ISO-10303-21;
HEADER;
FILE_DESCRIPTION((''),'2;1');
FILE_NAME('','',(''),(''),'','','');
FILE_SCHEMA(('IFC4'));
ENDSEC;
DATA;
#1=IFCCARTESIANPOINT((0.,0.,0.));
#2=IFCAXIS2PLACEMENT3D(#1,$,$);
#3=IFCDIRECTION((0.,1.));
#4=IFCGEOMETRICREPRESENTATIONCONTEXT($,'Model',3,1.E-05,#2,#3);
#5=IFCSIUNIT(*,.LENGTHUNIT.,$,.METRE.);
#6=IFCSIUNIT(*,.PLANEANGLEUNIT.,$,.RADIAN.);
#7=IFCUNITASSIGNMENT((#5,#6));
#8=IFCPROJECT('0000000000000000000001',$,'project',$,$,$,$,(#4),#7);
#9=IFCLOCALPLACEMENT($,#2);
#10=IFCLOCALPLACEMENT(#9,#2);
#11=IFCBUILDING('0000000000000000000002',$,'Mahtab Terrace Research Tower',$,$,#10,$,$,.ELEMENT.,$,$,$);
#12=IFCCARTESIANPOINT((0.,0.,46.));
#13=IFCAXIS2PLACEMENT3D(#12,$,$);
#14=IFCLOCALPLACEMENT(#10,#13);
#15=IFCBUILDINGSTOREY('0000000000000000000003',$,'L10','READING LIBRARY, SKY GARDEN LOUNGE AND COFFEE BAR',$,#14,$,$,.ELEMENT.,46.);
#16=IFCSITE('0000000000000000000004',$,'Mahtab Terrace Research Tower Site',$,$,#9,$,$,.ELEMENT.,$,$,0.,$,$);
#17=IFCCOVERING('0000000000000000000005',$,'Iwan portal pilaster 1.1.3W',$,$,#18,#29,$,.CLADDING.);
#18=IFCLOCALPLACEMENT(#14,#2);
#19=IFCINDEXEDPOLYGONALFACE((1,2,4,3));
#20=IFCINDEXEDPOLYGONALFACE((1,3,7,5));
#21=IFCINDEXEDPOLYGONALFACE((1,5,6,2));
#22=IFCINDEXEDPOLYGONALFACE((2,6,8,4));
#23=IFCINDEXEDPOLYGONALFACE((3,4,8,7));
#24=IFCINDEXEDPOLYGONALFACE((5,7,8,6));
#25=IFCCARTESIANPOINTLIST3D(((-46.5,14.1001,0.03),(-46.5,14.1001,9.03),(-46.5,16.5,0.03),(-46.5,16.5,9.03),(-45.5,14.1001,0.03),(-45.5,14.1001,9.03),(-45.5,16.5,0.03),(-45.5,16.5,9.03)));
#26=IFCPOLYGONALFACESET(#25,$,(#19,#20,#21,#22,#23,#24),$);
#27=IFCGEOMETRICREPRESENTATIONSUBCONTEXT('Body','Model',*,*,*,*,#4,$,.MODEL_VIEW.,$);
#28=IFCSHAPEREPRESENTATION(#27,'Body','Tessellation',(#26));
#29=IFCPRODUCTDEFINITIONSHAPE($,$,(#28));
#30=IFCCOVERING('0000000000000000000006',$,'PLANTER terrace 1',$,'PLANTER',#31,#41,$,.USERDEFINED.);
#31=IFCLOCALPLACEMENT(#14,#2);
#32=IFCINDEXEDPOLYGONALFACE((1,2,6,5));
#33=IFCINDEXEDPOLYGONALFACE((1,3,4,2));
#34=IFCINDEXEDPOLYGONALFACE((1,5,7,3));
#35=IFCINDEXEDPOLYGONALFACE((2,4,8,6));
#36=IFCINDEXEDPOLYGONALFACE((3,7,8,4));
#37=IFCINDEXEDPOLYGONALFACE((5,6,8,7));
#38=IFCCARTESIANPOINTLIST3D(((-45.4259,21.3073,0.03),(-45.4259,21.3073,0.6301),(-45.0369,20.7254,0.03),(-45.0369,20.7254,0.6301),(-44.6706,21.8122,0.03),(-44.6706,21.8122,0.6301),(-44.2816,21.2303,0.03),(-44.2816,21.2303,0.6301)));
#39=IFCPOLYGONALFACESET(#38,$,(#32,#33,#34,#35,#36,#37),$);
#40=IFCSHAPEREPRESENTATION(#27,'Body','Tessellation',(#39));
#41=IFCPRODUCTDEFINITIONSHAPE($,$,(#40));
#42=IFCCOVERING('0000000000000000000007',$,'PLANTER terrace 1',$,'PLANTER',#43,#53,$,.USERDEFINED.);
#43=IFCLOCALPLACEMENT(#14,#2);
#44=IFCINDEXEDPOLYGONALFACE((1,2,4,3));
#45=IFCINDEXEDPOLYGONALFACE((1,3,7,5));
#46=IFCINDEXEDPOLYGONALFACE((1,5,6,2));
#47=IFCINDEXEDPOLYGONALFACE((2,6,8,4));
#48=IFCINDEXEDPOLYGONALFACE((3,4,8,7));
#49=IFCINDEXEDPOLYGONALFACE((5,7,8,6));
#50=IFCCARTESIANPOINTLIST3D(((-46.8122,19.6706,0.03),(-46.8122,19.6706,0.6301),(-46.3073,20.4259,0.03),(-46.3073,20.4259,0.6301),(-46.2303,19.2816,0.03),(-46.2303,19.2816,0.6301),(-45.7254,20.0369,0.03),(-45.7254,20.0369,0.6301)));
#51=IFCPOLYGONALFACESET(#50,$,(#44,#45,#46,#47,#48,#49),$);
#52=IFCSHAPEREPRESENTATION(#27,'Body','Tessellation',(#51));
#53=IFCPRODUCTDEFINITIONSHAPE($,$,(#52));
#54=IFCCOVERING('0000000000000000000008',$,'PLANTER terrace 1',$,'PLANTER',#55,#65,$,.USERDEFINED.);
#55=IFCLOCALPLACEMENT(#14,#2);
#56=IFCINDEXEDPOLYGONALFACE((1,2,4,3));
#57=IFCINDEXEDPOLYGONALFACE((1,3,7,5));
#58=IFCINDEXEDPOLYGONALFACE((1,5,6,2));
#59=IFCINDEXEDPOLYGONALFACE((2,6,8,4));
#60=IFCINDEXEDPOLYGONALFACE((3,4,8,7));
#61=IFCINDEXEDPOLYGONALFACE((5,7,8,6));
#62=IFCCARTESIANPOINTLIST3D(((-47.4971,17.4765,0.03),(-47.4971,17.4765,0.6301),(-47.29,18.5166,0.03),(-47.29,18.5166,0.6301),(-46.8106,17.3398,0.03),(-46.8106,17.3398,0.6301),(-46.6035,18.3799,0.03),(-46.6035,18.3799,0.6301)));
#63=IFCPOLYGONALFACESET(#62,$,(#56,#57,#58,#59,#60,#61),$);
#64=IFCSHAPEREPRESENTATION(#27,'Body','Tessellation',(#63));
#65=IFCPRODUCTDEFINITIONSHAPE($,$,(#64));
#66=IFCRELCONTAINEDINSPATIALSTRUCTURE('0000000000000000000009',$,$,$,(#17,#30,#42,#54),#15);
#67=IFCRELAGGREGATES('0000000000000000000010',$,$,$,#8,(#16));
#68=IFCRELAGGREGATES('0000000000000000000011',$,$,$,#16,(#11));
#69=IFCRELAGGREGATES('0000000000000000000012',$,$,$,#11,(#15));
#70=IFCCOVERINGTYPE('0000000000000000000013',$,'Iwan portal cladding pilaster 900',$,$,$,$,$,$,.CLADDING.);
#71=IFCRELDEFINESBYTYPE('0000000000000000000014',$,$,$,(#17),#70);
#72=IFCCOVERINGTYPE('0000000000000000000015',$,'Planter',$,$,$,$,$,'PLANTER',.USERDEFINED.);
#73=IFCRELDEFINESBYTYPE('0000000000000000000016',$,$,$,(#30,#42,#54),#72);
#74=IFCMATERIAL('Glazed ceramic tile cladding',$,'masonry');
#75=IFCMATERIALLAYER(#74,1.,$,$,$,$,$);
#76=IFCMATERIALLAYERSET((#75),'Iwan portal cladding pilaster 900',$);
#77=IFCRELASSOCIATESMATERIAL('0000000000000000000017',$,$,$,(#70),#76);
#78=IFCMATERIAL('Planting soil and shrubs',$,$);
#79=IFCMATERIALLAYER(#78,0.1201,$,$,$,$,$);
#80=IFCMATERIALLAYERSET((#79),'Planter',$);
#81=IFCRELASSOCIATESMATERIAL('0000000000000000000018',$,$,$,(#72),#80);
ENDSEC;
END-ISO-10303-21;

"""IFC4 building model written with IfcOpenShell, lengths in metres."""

from ifc_helpers import new_model, si_unit, direction, frame, origin, origin_2d, place, context, subcontext, project, spatial, rectangle, extrude, material, layer, layer_set, type_object, element, save


model = new_model("IFC4")

# Units and contexts
model_context = context("Model", 3, precision=1e-05, world=origin(), true_north=direction((0.0, 1.0)))
body_context = subcontext(model_context, "Body", "Model", "MODEL_VIEW")
ifc_project = project(units=[si_unit("LENGTHUNIT", "METRE"), si_unit("PLANEANGLEUNIT", "RADIAN")], contexts=[model_context])

# Site, building, storey
site_placement = place(None, origin())
site = spatial("IfcSite", under=ifc_project, at=site_placement, Name="Mahtab Terrace Research Tower Site", CompositionType="ELEMENT", RefElevation=0.0)
building_placement = place(site_placement, origin())
building = spatial("IfcBuilding", under=site, at=building_placement, Name="Mahtab Terrace Research Tower", CompositionType="ELEMENT")
storey_placement = place(building_placement, frame((0.0, 0.0, 46.0)))
storey = spatial("IfcBuildingStorey", under=building, at=storey_placement, Name="L10", Description="READING LIBRARY, SKY GARDEN LOUNGE AND COFFEE BAR", CompositionType="ELEMENT", Elevation=46.0)

# Coverings
ifc_material_1 = material(Name="Glazed ceramic tile cladding", Category="masonry")
ifc_layer_1 = layer(ifc_material_1, 1.0)
ifc_layer_set_1 = layer_set([ifc_layer_1], Name="Iwan portal cladding pilaster 900")
covering_type_1 = type_object("IfcCoveringType", Name="Iwan portal cladding pilaster 900", PredefinedType="CLADDING", material=ifc_layer_set_1)
covering_1_placement = place(storey_placement, frame((-46.0, 15.3, 0.03), z_axis=(0.0, 0.0, 1.0), x_axis=(0.0, -1.0, 0.0)))
element("IfcCovering", 1, at=covering_1_placement, inside=storey, type_object=covering_type_1, Name="Iwan portal pilaster 1.1.3W", PredefinedType="CLADDING", context=body_context, shape_type="SweptSolid", body=[
    extrude(rectangle(XDim=2.3999, YDim=1.0, at=origin_2d()), origin(), (0.0, 0.0, 1.0), 9.0),
])
ifc_material_2 = material(Name="Planting soil and shrubs")
ifc_layer_2 = layer(ifc_material_2, 0.1201)
ifc_layer_set_2 = layer_set([ifc_layer_2], Name="Planter")
covering_type_2 = type_object("IfcCoveringType", Name="Planter", ElementType="PLANTER", PredefinedType="USERDEFINED", material=ifc_layer_set_2)
for number, where, z_axis, x_axis, name in (
    (2, (-44.8538, 21.2688, 0.03), (0.0, 0.0, 1.0), (-0.831344, -0.555757, 0.0), "PLANTER terrace 1"),
    (3, (-46.2688, 19.8538, 0.03), (0.0, 0.0, 1.0), (-0.555757, -0.831344, 0.0), "PLANTER terrace 1"),
):
    element("IfcCovering", number, at=place(storey_placement, frame(where, z_axis=z_axis, x_axis=x_axis)), inside=storey, type_object=covering_type_2, Name=name, ObjectType="PLANTER", PredefinedType="USERDEFINED", context=body_context, shape_type="SweptSolid", body=[
        extrude(rectangle(XDim=0.9084, YDim=0.7, at=origin_2d()), origin(), (0.0, 0.0, 1.0), 0.6001),
    ])
covering_2_placement = place(storey_placement, frame((-47.0503, 17.9282, 0.03), z_axis=(0.0, 0.0, 1.0), x_axis=(-0.195304, -0.980743, 0.0)))
element("IfcCovering", 4, at=covering_2_placement, inside=storey, type_object=covering_type_2, Name="PLANTER terrace 1", ObjectType="PLANTER", PredefinedType="USERDEFINED", context=body_context, shape_type="SweptSolid", body=[
    extrude(rectangle(XDim=1.0605, YDim=0.7, at=origin_2d()), origin(), (0.0, 0.0, 1.0), 0.6001),
])

save(model, "model.ifc")
